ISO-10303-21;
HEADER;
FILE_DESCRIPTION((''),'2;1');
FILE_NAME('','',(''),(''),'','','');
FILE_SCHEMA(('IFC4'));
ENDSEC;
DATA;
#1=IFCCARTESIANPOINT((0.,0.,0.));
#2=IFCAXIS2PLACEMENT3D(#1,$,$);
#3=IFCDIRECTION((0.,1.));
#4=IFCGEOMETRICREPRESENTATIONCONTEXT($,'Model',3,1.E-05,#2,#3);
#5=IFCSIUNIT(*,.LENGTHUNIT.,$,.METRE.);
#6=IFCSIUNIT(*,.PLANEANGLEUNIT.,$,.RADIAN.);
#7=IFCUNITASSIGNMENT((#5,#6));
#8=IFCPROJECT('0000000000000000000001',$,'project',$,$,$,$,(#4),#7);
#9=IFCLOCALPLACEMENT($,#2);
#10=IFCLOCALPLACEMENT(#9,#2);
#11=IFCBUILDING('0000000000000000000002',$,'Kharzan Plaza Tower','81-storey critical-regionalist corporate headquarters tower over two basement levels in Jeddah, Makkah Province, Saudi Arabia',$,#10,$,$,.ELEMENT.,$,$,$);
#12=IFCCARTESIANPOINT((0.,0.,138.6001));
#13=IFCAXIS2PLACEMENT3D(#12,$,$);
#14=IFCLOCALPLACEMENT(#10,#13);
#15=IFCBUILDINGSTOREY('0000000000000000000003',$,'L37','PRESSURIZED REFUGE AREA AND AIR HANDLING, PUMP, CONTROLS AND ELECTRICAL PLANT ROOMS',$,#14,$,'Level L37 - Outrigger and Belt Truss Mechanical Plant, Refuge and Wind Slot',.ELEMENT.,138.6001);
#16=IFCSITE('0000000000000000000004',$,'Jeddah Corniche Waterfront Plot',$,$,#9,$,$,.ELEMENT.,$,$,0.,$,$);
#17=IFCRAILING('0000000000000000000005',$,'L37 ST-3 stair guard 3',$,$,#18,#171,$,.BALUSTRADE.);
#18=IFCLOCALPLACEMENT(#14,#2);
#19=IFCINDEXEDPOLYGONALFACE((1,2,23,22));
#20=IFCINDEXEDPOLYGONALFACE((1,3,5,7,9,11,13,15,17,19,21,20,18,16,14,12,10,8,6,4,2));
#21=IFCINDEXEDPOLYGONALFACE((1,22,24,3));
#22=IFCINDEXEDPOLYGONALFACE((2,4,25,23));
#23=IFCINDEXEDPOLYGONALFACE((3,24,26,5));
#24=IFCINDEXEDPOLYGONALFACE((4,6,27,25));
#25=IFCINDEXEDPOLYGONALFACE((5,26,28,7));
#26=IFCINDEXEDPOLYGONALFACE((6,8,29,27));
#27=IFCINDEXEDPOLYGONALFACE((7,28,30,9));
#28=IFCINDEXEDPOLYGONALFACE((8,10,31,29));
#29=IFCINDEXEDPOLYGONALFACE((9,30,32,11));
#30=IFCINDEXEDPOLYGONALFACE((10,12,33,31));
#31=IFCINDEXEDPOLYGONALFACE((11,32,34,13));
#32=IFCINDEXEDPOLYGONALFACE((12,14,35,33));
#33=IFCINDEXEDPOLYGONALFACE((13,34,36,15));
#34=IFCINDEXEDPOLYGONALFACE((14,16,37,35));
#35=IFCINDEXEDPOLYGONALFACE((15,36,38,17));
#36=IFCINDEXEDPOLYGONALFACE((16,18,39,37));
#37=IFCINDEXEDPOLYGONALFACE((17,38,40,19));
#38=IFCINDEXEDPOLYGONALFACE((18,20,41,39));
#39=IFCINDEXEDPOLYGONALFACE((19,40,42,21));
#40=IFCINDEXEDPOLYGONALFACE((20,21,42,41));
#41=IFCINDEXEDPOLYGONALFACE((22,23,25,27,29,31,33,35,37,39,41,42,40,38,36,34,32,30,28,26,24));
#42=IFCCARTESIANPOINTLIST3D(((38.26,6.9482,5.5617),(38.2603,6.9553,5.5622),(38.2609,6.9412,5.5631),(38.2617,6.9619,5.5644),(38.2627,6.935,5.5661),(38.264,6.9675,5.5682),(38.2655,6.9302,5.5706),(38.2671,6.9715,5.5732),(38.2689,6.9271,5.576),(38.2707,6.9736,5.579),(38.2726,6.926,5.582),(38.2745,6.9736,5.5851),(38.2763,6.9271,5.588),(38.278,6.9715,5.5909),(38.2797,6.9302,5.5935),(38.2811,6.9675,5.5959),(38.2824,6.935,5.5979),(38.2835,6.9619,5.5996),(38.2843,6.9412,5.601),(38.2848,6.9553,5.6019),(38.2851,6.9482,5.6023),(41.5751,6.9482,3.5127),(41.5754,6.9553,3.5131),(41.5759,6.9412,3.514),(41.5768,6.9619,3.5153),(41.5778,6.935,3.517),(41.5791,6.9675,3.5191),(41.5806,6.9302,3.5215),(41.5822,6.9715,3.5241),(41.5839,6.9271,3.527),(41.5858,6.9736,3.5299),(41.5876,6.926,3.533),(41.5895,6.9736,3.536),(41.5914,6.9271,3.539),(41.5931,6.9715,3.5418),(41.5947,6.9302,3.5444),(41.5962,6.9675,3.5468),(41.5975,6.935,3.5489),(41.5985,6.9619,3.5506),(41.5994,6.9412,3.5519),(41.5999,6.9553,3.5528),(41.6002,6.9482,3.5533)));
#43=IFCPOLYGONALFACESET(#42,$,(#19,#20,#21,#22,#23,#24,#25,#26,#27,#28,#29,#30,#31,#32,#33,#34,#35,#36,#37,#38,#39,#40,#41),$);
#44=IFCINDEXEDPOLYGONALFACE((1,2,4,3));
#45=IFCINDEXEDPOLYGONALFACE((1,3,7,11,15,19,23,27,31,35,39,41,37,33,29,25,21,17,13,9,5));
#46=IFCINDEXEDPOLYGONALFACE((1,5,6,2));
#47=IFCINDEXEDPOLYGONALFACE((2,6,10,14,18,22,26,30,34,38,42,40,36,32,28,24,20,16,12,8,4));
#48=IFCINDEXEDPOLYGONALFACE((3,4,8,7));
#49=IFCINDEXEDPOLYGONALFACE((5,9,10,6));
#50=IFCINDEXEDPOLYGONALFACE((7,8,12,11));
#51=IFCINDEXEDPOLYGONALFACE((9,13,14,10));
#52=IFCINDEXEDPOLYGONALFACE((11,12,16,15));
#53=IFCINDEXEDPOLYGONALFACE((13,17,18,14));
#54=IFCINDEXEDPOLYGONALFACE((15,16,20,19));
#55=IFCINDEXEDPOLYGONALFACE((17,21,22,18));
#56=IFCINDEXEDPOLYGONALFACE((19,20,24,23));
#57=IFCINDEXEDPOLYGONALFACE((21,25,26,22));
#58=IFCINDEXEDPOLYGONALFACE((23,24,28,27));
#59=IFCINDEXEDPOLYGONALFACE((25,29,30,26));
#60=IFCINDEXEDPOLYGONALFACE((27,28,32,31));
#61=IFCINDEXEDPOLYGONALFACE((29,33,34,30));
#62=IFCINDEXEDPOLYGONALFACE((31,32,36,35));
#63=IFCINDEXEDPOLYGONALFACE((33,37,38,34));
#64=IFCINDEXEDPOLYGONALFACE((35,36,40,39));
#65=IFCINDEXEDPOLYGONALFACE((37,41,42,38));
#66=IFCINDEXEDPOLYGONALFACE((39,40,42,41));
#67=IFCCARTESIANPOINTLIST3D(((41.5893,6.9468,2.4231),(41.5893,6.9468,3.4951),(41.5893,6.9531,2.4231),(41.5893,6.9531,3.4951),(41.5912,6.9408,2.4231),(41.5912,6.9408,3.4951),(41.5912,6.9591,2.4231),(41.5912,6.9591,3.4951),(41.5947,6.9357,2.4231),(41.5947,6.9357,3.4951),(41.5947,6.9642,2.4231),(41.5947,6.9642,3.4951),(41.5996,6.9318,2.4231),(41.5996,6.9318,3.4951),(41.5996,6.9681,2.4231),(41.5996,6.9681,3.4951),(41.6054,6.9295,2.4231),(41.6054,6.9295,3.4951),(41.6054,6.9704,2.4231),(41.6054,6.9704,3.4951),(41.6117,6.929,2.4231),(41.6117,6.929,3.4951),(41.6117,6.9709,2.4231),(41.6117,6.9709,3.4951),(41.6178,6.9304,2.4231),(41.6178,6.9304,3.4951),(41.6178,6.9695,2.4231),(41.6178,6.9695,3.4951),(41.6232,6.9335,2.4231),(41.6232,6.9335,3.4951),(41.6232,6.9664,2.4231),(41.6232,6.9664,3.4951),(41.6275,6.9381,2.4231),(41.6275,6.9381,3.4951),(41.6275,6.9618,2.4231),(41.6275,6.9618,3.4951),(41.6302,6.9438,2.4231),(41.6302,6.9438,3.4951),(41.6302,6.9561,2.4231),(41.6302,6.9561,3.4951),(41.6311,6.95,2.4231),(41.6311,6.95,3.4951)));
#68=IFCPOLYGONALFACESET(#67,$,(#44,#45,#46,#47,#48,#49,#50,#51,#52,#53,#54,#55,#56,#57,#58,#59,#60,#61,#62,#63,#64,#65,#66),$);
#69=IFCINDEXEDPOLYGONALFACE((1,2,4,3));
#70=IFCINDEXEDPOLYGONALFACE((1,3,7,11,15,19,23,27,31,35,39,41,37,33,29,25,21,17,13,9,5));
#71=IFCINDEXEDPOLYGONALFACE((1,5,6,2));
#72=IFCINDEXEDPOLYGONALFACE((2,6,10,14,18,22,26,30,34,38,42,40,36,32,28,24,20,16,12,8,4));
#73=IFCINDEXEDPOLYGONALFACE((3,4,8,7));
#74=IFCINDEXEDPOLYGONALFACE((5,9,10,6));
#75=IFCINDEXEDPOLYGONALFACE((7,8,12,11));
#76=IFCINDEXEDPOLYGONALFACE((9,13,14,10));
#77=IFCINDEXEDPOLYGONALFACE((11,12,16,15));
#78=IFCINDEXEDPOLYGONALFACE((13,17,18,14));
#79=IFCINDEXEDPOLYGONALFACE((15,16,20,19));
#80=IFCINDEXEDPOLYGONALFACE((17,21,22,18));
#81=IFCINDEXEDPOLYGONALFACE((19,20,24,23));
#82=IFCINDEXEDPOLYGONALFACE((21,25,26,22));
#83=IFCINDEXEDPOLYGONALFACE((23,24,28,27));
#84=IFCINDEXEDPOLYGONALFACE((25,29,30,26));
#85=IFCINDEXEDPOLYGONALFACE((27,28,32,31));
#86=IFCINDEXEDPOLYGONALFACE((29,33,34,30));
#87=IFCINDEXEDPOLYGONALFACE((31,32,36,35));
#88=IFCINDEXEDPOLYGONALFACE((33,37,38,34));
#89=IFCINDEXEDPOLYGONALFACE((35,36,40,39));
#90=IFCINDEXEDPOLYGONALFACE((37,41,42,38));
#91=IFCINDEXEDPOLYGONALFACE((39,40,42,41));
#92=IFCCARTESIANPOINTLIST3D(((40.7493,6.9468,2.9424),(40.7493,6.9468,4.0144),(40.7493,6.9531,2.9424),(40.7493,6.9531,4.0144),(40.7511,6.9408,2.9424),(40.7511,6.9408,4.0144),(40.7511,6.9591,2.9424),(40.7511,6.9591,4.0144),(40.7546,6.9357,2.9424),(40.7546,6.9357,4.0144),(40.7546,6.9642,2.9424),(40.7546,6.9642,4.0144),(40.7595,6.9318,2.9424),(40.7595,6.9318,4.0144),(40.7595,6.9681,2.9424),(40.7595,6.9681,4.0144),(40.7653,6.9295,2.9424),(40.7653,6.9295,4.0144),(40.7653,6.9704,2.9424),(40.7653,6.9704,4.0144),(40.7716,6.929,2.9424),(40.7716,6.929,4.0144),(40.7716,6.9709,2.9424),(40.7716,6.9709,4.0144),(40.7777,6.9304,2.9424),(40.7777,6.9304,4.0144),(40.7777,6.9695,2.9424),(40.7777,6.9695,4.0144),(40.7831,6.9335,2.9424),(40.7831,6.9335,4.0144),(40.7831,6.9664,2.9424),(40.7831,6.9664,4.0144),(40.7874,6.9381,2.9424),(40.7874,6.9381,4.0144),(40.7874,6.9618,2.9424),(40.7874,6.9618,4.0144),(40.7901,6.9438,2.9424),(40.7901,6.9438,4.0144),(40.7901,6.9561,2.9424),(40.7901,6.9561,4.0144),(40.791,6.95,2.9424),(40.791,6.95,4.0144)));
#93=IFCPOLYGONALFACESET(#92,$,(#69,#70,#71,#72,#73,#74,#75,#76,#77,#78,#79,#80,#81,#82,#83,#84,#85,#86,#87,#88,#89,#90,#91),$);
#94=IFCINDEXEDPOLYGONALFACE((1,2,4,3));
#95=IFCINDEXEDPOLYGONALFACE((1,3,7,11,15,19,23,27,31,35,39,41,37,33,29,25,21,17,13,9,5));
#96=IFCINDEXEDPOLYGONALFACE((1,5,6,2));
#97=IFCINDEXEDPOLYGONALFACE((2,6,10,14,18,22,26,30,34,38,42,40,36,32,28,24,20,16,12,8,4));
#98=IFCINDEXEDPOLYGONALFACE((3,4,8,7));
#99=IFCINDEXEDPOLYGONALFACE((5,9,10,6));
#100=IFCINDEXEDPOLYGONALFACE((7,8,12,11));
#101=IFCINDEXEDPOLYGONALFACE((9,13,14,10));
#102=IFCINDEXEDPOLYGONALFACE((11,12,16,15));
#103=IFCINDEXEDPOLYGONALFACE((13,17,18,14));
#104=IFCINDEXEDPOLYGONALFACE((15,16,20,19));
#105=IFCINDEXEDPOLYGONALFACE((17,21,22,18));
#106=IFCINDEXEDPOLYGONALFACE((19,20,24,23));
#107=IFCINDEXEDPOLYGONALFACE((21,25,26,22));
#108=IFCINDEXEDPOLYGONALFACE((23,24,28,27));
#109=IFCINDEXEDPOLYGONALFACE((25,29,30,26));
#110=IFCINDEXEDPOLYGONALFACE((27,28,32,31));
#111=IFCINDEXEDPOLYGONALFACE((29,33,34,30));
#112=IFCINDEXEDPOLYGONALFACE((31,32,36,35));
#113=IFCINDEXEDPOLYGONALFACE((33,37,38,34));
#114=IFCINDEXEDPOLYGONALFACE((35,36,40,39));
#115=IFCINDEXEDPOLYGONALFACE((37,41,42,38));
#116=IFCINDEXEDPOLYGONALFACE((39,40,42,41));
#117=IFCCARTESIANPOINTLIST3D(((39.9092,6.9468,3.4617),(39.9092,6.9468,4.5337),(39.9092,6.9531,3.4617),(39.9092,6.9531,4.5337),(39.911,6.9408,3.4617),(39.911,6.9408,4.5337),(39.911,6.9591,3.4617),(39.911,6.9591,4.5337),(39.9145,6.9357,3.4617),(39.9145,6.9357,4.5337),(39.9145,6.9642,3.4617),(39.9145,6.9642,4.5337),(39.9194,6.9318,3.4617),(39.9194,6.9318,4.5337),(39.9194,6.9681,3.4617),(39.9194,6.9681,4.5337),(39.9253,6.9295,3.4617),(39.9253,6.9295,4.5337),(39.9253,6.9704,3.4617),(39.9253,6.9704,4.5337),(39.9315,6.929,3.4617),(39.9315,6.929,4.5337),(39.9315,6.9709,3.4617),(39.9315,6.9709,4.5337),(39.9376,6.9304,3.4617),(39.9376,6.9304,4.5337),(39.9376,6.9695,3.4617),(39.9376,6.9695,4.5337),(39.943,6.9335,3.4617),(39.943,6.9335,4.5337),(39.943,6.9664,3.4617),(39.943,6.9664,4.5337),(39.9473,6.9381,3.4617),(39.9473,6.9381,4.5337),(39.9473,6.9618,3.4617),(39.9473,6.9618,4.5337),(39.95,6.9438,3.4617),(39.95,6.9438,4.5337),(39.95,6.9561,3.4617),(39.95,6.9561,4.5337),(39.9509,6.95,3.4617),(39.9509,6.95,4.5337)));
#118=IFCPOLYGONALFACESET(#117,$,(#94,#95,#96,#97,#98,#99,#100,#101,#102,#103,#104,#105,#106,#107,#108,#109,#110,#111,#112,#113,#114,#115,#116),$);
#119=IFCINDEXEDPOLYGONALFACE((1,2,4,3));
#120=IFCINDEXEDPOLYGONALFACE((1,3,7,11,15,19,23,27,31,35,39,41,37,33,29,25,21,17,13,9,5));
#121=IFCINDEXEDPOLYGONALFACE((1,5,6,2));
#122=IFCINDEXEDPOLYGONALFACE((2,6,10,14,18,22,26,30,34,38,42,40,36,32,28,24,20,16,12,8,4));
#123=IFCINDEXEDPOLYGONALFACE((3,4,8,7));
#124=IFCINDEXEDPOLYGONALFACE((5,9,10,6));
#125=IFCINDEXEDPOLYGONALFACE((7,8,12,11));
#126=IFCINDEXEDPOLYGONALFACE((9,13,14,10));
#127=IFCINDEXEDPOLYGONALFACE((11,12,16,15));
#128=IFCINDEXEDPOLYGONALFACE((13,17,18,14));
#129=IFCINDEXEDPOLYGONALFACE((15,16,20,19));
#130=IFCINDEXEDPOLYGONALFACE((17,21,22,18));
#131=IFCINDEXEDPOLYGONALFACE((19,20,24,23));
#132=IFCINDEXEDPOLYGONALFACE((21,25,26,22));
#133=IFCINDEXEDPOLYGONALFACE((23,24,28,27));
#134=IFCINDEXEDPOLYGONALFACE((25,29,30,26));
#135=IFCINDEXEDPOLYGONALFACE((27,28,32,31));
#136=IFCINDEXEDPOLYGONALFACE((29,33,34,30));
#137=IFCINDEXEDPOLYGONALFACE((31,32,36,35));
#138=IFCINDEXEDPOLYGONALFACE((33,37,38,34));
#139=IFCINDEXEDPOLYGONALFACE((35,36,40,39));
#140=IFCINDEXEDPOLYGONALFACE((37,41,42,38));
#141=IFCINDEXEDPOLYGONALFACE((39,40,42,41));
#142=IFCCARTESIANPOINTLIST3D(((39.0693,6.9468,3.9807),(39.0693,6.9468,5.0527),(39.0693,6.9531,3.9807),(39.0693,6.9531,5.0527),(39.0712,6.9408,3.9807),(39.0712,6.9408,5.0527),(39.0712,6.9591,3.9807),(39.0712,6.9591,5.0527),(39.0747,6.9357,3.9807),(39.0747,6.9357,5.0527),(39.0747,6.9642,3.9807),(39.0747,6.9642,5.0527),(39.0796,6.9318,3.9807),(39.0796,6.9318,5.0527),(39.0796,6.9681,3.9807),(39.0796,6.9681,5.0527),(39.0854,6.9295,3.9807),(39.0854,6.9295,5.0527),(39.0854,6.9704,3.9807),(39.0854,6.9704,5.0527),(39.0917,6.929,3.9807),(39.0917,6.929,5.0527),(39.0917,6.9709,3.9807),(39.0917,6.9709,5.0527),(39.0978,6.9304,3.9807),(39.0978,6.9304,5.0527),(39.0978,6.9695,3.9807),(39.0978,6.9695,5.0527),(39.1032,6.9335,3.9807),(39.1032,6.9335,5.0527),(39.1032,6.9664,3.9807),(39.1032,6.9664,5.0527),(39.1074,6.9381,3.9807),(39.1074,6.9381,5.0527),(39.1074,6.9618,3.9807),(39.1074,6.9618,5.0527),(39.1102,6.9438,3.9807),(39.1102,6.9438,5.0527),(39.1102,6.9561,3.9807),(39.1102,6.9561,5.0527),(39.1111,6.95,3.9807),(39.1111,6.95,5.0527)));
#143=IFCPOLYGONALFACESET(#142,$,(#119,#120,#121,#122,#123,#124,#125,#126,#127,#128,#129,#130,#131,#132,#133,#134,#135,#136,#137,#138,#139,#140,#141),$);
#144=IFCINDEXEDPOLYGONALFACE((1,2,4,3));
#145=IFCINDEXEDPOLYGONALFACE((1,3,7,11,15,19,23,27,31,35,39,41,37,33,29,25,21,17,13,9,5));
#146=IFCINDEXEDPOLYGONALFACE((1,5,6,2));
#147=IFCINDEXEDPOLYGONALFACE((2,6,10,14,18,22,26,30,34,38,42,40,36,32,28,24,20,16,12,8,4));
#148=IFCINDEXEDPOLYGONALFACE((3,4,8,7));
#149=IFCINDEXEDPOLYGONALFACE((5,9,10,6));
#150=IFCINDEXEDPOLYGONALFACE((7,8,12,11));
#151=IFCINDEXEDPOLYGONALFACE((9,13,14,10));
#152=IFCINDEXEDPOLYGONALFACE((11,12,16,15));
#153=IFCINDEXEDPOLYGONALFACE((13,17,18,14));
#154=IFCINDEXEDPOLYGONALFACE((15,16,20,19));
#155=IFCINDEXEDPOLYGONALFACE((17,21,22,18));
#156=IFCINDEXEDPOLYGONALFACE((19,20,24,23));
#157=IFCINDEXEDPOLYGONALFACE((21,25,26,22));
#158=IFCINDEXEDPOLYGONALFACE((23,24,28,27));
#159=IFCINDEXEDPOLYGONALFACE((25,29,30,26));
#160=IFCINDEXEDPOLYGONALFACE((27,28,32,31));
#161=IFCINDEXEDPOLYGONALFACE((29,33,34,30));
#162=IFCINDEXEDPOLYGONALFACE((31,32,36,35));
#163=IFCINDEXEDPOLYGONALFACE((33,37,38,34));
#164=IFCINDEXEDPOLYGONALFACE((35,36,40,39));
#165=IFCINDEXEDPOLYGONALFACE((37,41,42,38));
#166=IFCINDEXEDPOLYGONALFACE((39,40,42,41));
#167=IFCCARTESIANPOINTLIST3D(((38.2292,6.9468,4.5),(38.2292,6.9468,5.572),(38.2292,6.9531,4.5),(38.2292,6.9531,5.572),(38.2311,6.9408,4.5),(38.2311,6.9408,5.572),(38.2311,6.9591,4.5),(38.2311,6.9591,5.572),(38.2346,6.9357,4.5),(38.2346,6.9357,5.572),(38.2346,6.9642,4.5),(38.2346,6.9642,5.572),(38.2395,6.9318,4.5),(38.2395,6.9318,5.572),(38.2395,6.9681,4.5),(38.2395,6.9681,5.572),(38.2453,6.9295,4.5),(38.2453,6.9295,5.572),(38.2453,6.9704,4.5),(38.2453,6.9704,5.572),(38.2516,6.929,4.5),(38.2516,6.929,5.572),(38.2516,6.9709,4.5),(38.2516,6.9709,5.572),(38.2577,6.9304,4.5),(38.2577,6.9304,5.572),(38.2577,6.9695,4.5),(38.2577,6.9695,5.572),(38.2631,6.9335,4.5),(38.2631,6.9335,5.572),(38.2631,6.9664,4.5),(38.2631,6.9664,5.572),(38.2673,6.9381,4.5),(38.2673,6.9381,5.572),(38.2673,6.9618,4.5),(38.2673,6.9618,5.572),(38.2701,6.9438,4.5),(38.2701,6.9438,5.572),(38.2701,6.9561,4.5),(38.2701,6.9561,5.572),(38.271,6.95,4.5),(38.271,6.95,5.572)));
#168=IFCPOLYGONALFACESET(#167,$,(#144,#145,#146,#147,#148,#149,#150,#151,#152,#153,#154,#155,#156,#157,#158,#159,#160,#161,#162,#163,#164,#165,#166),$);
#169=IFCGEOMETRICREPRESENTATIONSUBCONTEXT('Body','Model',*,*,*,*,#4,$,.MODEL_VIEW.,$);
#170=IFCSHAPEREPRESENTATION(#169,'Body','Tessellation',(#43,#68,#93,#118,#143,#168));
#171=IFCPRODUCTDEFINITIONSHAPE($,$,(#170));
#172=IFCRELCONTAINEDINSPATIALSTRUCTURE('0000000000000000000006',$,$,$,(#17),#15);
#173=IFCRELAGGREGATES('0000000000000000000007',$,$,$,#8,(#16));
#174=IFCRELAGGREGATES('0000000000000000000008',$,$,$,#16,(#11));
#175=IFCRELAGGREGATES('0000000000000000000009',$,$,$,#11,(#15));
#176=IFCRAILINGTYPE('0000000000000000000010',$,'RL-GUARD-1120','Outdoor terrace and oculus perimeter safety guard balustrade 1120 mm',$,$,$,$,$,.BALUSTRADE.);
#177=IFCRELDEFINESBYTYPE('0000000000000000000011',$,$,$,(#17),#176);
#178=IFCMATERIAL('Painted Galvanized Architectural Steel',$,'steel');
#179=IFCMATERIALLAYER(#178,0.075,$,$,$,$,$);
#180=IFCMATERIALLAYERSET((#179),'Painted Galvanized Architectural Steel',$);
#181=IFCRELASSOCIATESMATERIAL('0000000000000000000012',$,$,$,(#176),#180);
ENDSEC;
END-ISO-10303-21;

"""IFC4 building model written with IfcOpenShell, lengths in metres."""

from ifc_helpers import new_model, si_unit, direction, frame, origin, origin_2d, place, context, subcontext, project, spatial, circle, extrude, source, transform, mapped, material, layer, layer_set, type_object, element, save


model = new_model("IFC4")

# Units and contexts
model_context = context("Model", 3, precision=1e-05, world=origin(), true_north=direction((0.0, 1.0)))
body_context = subcontext(model_context, "Body", "Model", "MODEL_VIEW")
ifc_project = project(units=[si_unit("LENGTHUNIT", "METRE"), si_unit("PLANEANGLEUNIT", "RADIAN")], contexts=[model_context])

# Site, building, storey
site_placement = place(None, origin())
site = spatial("IfcSite", under=ifc_project, at=site_placement, Name="Jeddah Corniche Waterfront Plot", CompositionType="ELEMENT", RefElevation=0.0)
building_placement = place(site_placement, origin())
building = spatial("IfcBuilding", under=site, at=building_placement, Name="Kharzan Plaza Tower", Description="81-storey critical-regionalist corporate headquarters tower over two basement levels in Jeddah, Makkah Province, Saudi Arabia", CompositionType="ELEMENT")
storey_placement = place(building_placement, frame((0.0, 0.0, 138.6001)))
storey = spatial("IfcBuildingStorey", under=building, at=storey_placement, Name="L37", Description="PRESSURIZED REFUGE AREA AND AIR HANDLING, PUMP, CONTROLS AND ELECTRICAL PLANT ROOMS", LongName="Level L37 - Outrigger and Belt Truss Mechanical Plant, Refuge and Wind Slot", CompositionType="ELEMENT", Elevation=138.6001)

# Railing
ifc_material_1 = material(Name="Painted Galvanized Architectural Steel", Category="steel")
ifc_layer_1 = layer(ifc_material_1, 0.075)
ifc_layer_set_1 = layer_set([ifc_layer_1], Name="Painted Galvanized Architectural Steel")
railing_type_1 = type_object("IfcRailingType", Name="RL-GUARD-1120", Description="Outdoor terrace and oculus perimeter safety guard balustrade 1120 mm", PredefinedType="BALUSTRADE", material=ifc_layer_set_1)
shared_shape_1 = source(origin(), body_context, "Body", "SweptSolid", [
    extrude(circle(Radius=0.0239, at=origin_2d()), frame((-0.0225, 0.0, 1.1099), z_axis=(-0.850623, 0.0, 0.525776), x_axis=(0.0, -1.0, 0.0)), (0.0, 0.0, 1.0), 3.8972),
    extrude(circle(Radius=0.021, at=origin_2d()), origin(), (0.0, 0.0, 1.0), 1.072),
    extrude(circle(Radius=0.021, at=origin_2d()), frame((-0.8401, 0.0, 0.5193)), (0.0, 0.0, 1.0), 1.072),
    extrude(circle(Radius=0.021, at=origin_2d()), frame((-1.6802, 0.0, 1.0386)), (0.0, 0.0, 1.0), 1.072),
    extrude(circle(Radius=0.021, at=origin_2d()), frame((-2.52, 0.0, 1.5576)), (0.0, 0.0, 1.0), 1.072),
    extrude(circle(Radius=0.021, at=origin_2d()), frame((-3.3601, 0.0, 2.0769)), (0.0, 0.0, 1.0), 1.072),
])
railing_1_placement = place(storey_placement, frame((41.6101, 6.95, 2.4231)))
element("IfcRailing", 1, at=railing_1_placement, inside=storey, type_object=railing_type_1, Name="L37 ST-3 stair guard 3", PredefinedType="BALUSTRADE", context=body_context, shape_type="MappedRepresentation", body=[
    mapped(shared_shape_1, transform((0.0, 0.0, 0.0), x_axis=(1.0, 0.0, 0.0), y_axis=(0.0, 1.0, 0.0), z_axis=(0.0, 0.0, 1.0))),
])

save(model, "model.ifc")
